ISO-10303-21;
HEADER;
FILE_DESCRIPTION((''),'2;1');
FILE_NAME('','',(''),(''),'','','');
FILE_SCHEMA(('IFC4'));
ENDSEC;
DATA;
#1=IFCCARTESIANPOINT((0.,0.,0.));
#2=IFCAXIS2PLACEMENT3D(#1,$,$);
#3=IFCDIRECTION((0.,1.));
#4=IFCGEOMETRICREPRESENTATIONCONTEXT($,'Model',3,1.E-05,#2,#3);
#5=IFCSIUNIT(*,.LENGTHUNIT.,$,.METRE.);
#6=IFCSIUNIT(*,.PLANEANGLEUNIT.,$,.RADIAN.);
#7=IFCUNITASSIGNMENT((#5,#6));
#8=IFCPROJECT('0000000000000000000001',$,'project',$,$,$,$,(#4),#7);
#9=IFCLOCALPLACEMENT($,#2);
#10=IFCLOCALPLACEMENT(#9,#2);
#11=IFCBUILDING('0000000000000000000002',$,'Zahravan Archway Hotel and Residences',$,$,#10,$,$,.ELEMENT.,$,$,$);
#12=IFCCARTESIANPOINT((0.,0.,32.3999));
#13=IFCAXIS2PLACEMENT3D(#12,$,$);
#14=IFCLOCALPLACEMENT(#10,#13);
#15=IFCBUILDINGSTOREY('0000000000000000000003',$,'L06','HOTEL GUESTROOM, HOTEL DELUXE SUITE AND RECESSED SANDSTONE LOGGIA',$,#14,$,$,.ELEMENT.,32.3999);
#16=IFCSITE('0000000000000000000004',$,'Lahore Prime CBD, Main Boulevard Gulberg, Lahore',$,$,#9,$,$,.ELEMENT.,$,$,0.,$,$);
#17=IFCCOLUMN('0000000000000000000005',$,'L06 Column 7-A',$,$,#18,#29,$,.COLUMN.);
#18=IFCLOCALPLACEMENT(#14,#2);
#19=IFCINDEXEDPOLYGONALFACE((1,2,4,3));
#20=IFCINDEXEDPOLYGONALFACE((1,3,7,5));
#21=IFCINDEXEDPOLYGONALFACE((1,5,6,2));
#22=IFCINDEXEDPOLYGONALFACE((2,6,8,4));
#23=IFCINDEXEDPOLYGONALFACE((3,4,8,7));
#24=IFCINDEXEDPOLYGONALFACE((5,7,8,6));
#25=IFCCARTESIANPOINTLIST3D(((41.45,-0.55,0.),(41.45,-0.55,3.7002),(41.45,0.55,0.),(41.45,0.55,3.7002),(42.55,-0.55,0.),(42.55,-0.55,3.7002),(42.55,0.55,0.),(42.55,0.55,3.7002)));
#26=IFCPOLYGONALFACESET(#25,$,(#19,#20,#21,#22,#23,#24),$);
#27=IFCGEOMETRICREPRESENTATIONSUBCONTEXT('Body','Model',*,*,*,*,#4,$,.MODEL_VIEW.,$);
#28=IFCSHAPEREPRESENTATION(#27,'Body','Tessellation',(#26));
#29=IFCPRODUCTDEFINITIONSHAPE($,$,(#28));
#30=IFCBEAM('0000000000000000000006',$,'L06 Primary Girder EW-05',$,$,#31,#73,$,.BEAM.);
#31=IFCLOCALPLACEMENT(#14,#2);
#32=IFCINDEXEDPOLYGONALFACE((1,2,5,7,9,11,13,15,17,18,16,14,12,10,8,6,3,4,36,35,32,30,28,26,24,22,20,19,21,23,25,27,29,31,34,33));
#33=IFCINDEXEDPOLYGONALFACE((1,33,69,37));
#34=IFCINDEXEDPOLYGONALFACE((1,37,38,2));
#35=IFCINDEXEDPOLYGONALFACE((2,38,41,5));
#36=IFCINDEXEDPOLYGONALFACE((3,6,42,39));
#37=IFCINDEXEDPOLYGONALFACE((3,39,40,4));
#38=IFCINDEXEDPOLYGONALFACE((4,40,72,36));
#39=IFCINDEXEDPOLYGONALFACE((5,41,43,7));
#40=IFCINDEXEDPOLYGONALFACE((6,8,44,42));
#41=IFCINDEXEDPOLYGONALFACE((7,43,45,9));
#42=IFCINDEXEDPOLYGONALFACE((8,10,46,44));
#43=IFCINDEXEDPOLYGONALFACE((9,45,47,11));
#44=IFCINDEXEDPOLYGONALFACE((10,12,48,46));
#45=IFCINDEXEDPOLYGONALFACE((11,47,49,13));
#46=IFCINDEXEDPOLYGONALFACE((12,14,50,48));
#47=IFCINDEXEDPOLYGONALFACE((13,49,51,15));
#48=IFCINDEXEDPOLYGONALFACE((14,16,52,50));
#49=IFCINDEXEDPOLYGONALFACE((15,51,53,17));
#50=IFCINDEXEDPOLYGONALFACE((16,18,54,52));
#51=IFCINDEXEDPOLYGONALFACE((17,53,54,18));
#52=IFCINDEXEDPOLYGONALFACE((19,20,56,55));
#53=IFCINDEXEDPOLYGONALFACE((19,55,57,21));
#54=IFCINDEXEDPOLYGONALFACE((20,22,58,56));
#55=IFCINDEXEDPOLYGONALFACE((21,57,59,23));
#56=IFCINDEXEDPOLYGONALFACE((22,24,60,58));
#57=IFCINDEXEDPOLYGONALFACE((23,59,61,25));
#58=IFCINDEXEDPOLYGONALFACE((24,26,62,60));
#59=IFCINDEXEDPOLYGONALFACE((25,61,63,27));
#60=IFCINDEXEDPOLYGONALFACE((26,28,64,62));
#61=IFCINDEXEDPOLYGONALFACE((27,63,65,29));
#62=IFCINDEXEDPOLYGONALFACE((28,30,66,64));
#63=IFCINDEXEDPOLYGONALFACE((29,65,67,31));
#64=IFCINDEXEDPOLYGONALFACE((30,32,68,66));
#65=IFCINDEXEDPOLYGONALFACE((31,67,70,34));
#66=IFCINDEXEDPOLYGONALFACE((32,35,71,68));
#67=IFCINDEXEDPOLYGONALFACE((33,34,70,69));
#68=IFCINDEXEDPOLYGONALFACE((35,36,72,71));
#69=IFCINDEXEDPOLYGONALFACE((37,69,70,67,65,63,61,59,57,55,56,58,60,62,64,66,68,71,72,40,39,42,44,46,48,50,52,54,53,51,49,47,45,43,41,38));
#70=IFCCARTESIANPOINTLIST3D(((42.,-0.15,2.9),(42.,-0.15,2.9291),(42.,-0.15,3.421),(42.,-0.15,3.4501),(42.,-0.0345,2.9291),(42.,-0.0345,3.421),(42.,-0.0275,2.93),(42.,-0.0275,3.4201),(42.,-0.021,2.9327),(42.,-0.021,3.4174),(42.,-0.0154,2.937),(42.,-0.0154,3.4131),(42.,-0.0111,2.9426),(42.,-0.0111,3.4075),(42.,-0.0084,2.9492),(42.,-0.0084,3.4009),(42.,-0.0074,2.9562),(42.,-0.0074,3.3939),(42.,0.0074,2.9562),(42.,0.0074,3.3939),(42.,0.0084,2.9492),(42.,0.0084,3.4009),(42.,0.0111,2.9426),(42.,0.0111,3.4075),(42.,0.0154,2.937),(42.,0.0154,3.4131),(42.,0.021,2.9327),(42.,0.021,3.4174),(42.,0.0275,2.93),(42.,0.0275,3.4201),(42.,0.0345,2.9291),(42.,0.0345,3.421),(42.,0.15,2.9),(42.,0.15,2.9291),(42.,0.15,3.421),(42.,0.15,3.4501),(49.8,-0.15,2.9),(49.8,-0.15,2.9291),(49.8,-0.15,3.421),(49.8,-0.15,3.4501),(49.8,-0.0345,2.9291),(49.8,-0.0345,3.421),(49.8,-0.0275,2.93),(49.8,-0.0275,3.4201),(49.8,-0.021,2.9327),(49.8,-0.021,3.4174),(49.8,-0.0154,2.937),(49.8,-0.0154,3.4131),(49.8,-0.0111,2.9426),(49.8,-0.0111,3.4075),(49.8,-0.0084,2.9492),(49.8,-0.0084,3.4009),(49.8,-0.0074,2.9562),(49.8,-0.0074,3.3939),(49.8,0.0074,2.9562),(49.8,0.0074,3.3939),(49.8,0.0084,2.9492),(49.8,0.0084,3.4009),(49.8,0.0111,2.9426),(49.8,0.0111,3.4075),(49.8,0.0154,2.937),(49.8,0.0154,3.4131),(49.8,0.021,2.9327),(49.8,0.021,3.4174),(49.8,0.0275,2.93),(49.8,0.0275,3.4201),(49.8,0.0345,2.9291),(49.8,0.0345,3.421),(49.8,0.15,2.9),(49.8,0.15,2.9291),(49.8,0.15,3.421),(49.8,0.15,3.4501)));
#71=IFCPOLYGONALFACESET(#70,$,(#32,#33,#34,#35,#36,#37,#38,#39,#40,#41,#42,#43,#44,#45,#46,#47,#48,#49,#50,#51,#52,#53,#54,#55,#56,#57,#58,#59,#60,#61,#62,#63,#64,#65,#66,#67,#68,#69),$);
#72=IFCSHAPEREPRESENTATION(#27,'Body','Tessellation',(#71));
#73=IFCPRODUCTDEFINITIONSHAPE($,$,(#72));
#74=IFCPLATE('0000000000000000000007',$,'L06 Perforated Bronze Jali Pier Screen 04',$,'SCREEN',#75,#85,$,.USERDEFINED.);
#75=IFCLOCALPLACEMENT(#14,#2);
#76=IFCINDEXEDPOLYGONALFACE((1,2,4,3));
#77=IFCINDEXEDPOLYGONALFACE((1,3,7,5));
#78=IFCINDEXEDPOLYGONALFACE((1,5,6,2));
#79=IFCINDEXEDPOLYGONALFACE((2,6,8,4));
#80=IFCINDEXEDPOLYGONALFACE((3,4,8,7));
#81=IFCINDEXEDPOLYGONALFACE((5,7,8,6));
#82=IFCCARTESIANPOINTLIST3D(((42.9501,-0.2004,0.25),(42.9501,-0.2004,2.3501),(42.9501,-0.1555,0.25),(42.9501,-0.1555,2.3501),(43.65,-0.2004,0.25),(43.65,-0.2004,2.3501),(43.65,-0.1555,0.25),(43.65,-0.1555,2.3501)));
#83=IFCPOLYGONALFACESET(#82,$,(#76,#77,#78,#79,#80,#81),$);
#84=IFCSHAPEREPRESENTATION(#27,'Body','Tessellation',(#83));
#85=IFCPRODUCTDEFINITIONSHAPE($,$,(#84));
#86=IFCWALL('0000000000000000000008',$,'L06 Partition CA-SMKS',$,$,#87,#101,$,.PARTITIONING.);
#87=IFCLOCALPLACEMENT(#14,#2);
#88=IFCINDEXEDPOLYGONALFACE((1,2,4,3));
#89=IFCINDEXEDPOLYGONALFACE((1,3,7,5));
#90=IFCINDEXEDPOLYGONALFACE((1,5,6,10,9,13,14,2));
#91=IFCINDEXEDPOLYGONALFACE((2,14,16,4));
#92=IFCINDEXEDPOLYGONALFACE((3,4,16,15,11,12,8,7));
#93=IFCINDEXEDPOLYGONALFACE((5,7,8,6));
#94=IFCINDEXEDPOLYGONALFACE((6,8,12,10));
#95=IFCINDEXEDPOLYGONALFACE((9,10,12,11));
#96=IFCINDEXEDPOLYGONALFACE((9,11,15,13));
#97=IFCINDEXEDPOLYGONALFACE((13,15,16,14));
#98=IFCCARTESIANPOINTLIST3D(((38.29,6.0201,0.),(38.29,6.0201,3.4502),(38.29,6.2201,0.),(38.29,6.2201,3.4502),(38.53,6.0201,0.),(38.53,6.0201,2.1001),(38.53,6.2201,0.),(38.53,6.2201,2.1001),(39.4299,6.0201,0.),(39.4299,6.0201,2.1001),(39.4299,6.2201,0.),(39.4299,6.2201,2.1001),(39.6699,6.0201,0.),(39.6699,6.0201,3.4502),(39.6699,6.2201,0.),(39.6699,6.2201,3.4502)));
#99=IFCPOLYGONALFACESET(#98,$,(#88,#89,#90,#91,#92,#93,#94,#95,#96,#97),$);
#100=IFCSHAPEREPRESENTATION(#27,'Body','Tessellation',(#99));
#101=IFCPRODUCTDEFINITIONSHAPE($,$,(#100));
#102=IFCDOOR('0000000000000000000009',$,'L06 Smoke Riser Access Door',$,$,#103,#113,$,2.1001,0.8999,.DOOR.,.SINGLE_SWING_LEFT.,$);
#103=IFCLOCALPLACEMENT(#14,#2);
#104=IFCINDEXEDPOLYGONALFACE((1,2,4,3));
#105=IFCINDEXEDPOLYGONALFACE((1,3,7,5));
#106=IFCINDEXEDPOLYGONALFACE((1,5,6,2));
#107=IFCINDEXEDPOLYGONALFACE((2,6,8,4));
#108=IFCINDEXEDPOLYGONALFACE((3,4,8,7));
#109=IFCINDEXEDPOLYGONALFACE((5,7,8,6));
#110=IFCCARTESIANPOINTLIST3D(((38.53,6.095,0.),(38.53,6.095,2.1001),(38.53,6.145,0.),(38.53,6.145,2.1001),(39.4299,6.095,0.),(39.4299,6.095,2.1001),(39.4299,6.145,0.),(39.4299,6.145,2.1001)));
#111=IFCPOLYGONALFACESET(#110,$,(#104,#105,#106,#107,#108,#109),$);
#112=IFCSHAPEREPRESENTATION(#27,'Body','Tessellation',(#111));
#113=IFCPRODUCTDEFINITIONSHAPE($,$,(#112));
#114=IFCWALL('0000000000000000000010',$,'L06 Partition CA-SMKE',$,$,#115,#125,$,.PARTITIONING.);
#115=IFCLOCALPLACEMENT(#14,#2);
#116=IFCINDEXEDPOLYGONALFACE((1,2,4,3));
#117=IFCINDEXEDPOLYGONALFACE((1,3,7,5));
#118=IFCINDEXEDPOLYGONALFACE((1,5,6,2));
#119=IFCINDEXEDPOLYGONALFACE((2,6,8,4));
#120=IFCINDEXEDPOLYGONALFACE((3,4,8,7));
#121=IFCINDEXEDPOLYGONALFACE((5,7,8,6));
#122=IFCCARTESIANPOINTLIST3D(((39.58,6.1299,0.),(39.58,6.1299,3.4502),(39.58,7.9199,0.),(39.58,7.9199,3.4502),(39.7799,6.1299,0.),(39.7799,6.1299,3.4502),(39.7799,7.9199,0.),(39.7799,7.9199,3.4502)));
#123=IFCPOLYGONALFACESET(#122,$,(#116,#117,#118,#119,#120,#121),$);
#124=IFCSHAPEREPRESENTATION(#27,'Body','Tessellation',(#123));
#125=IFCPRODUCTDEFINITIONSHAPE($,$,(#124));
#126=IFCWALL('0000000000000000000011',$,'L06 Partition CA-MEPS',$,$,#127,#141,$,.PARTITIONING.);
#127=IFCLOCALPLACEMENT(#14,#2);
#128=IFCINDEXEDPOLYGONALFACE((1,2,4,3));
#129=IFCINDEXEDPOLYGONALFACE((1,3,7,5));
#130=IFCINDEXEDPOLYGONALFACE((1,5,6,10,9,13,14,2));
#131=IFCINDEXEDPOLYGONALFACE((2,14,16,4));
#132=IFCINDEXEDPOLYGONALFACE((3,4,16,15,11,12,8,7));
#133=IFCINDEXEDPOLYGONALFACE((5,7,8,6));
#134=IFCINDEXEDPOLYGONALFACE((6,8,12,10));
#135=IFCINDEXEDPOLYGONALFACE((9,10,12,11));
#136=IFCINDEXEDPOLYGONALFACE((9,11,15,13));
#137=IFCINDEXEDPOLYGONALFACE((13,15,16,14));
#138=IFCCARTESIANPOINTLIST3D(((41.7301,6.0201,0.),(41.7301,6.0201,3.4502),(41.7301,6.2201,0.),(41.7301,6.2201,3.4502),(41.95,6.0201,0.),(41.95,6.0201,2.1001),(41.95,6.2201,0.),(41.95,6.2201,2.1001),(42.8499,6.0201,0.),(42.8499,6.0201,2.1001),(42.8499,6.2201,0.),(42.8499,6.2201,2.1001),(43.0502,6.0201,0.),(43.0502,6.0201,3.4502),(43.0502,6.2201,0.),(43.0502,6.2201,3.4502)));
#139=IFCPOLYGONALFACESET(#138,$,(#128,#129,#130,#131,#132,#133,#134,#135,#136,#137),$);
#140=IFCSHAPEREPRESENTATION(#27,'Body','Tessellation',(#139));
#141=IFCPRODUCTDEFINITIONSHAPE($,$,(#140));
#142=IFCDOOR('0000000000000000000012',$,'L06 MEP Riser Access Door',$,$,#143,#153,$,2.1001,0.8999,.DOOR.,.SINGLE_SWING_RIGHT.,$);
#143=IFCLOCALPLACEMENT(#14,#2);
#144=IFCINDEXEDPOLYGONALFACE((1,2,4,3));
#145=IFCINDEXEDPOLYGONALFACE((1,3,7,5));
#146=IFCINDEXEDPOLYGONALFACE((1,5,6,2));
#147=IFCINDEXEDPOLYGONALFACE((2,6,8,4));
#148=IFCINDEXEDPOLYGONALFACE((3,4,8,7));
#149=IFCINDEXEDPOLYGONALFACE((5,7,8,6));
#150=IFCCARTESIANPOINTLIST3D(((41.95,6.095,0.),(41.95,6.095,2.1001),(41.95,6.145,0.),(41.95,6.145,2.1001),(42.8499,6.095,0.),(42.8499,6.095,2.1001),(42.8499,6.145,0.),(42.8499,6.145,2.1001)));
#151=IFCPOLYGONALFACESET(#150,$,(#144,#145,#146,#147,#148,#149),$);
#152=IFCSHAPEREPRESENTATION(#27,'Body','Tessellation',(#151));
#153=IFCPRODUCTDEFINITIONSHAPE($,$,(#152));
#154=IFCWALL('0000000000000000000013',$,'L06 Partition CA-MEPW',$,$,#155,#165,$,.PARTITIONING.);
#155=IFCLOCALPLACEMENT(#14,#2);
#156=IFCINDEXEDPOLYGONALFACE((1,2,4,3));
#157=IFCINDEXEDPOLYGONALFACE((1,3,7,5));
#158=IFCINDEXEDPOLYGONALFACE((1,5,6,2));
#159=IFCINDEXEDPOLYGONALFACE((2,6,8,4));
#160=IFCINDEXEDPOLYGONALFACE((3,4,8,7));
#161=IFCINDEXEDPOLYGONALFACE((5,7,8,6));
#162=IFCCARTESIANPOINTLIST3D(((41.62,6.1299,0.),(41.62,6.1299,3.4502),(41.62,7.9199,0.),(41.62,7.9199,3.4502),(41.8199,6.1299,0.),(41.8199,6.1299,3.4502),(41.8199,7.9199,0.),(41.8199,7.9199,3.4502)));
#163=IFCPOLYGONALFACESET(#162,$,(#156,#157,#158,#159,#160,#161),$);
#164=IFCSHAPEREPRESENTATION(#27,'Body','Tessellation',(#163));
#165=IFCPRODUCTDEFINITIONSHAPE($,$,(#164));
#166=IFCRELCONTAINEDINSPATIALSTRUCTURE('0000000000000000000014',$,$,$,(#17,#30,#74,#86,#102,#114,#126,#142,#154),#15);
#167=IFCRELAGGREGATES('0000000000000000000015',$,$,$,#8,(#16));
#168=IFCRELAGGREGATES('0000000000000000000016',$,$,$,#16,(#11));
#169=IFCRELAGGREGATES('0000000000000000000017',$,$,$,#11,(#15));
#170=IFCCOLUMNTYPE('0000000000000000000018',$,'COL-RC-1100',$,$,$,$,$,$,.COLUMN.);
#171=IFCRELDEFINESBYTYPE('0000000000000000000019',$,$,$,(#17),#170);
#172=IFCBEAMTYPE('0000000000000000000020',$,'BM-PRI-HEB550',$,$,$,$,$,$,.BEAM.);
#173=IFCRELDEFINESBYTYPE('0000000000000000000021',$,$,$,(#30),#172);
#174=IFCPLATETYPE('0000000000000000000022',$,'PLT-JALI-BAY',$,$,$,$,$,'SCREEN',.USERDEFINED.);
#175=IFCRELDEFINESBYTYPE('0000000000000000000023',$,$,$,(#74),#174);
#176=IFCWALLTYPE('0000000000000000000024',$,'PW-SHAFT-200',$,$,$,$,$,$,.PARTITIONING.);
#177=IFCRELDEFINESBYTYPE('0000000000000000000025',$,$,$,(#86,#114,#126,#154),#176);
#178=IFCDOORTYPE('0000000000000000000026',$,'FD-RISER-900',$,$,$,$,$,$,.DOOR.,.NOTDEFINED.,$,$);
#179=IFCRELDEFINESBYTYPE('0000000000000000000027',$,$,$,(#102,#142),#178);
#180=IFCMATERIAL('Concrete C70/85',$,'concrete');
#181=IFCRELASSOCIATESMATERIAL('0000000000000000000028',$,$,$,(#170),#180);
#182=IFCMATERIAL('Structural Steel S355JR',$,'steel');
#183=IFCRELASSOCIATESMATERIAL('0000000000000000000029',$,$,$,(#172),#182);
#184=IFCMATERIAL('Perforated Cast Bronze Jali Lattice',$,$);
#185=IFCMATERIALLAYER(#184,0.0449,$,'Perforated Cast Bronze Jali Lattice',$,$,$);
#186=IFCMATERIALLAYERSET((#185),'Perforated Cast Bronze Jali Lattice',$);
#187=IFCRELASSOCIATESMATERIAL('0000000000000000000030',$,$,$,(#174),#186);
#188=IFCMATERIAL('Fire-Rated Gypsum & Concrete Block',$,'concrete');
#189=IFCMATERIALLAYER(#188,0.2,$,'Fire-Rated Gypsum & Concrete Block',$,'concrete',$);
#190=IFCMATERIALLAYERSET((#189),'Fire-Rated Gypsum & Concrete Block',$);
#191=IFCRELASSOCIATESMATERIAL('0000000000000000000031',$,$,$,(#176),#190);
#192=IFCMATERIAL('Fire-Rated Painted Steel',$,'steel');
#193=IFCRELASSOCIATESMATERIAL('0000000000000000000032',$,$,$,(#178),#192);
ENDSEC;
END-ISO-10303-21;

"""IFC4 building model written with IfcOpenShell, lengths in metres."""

from ifc_helpers import new_model, si_unit, direction, frame, frame_2d, origin, origin_2d, place, context, subcontext, project, spatial, rectangle, i_section, extrude, source, transform, mapped, material, layer, layer_set, material_profile, profile_set, type_object, type_shapes, element, fill, save


model = new_model("IFC4")

# Units and contexts
model_context = context("Model", 3, precision=1e-05, world=origin(), true_north=direction((0.0, 1.0)))
body_context = subcontext(model_context, "Body", "Model", "MODEL_VIEW")
ifc_project = project(units=[si_unit("LENGTHUNIT", "METRE"), si_unit("PLANEANGLEUNIT", "RADIAN")], contexts=[model_context])

# Site, building, storey
site_placement = place(None, origin())
site = spatial("IfcSite", under=ifc_project, at=site_placement, Name="Lahore Prime CBD, Main Boulevard Gulberg, Lahore", CompositionType="ELEMENT", RefElevation=0.0)
building_placement = place(site_placement, origin())
building = spatial("IfcBuilding", under=site, at=building_placement, Name="Zahravan Archway Hotel and Residences", CompositionType="ELEMENT")
storey_placement = place(building_placement, frame((0.0, 0.0, 32.3999)))
storey = spatial("IfcBuildingStorey", under=building, at=storey_placement, Name="L06", Description="HOTEL GUESTROOM, HOTEL DELUXE SUITE AND RECESSED SANDSTONE LOGGIA", CompositionType="ELEMENT", Elevation=32.3999)

# Column
ifc_material_1 = material(Name="Concrete C70/85", Category="concrete")
ifc_material_profile_1 = material_profile(ifc_material_1, rectangle(XDim=1.1001, YDim=1.1001, at=origin_2d()), Name="RC 1100x1100", Category="concrete")
ifc_profile_set_1 = profile_set([ifc_material_profile_1], Name="Concrete C70/85")
column_type = type_object("IfcColumnType", Name="COL-RC-1100", PredefinedType="COLUMN", material=ifc_profile_set_1)
shared_shape_1 = source(origin(), body_context, "Body", "SweptSolid", [
    extrude(rectangle(XDim=1.1001, YDim=1.1001, at=origin_2d()), origin(), (0.0, 0.0, 1.0), 3.7002),
])
column_placement = place(storey_placement, frame((42.0, 0.0, 0.0), z_axis=(0.0, 0.0, 1.0), x_axis=(1.0, 0.0, 0.0)))
element("IfcColumn", 1, at=column_placement, inside=storey, type_object=column_type, Name="L06 Column 7-A", PredefinedType="COLUMN", context=body_context, shape_type="MappedRepresentation", body=[
    mapped(shared_shape_1, transform((0.0, 0.0, 0.0), scale=1.0)),
])

# Beam
ifc_material_2 = material(Name="Structural Steel S355JR", Category="steel")
ifc_material_profile_2 = material_profile(ifc_material_2, i_section(OverallWidth=0.3, OverallDepth=0.55, WebThickness=0.0149, FlangeThickness=0.0291, FilletRadius=0.0271, at=origin_2d()), Name="HEB 550", Category="steel")
ifc_profile_set_2 = profile_set([ifc_material_profile_2], Name="Structural Steel S355JR")
beam_type = type_object("IfcBeamType", Name="BM-PRI-HEB550", PredefinedType="BEAM", material=ifc_profile_set_2)
shared_shape_2 = source(origin(), body_context, "Body", "SweptSolid", [
    extrude(i_section(OverallWidth=0.3, OverallDepth=0.55, WebThickness=0.0149, FlangeThickness=0.0291, FilletRadius=0.0271, at=origin_2d()), origin(), (0.0, 0.0, 1.0), 7.8),
])
beam_placement = place(storey_placement, frame((42.0, 0.0, 3.175), z_axis=(1.0, 0.0, 0.0), x_axis=(0.0, 1.0, 0.0)))
element("IfcBeam", 2, at=beam_placement, inside=storey, type_object=beam_type, Name="L06 Primary Girder EW-05", PredefinedType="BEAM", context=body_context, shape_type="MappedRepresentation", body=[
    mapped(shared_shape_2, transform((0.0, 0.0, 0.0), scale=1.0)),
])

# Plate
ifc_material_3 = material(Name="Perforated Cast Bronze Jali Lattice")
ifc_layer_1 = layer(ifc_material_3, 0.0449, Name="Perforated Cast Bronze Jali Lattice")
ifc_layer_set_1 = layer_set([ifc_layer_1], Name="Perforated Cast Bronze Jali Lattice")
plate_type = type_object("IfcPlateType", Name="PLT-JALI-BAY", ElementType="SCREEN", PredefinedType="USERDEFINED", material=ifc_layer_set_1)
shared_shape_3 = source(origin(), body_context, "Body", "SweptSolid", [
    extrude(rectangle(XDim=0.7, YDim=0.0449, at=origin_2d()), origin(), (0.0, 0.0, 1.0), 2.1001),
])
type_shapes(plate_type, [shared_shape_3])
plate_placement = place(storey_placement, frame((43.3, -0.178, 0.25), z_axis=(0.0, 0.0, 1.0), x_axis=(1.0, 0.0, 0.0)))
element("IfcPlate", 3, at=plate_placement, inside=storey, type_object=plate_type, Name="L06 Perforated Bronze Jali Pier Screen 04", ObjectType="SCREEN", PredefinedType="USERDEFINED", context=body_context, shape_type="MappedRepresentation", body=[
    mapped(shared_shape_3, transform((0.0, 0.0, 0.0), scale=1.0)),
])

# Wall, opening, door
ifc_material_4 = material(Name="Fire-Rated Gypsum & Concrete Block", Category="concrete")
ifc_layer_2 = layer(ifc_material_4, 0.2, Name="Fire-Rated Gypsum & Concrete Block", Category="concrete")
ifc_layer_set_2 = layer_set([ifc_layer_2], Name="Fire-Rated Gypsum & Concrete Block")
wall_type_1 = type_object("IfcWallType", Name="PW-SHAFT-200", PredefinedType="PARTITIONING", material=ifc_layer_set_2)
wall_1_placement = place(storey_placement, frame((38.29, 6.1201, 0.0), z_axis=(0.0, 0.0, 1.0), x_axis=(1.0, 0.0, 0.0)))
wall_1 = element("IfcWall", 4, at=wall_1_placement, inside=storey, type_object=wall_type_1, Name="L06 Partition CA-SMKS", PredefinedType="PARTITIONING", context=body_context, shape_type="SweptSolid", body=[
    extrude(rectangle(XDim=1.3799, YDim=0.2, at=frame_2d((0.6899, 0.0))), origin(), (0.0, 0.0, 1.0), 3.4502),
])
opening_1_placement = place(wall_1_placement, frame((0.24, 0.0, 0.0)))
opening_1 = element("IfcOpeningElement", 5, at=opening_1_placement, cuts=wall_1, PredefinedType="OPENING", context=body_context, shape_type="SweptSolid", body=[
    extrude(rectangle(XDim=0.8999, YDim=2.1001, at=frame_2d((0.45, 1.05))), frame((0.0, 0.1099, 0.0), z_axis=(0.0, -1.0, 0.0), x_axis=(1.0, 0.0, 0.0)), (0.0, 0.0, 1.0), 0.22),
])
ifc_material_5 = material(Name="Fire-Rated Painted Steel", Category="steel")
door_type = type_object("IfcDoorType", Name="FD-RISER-900", OperationType="NOTDEFINED", PredefinedType="DOOR", material=ifc_material_5)
shared_shape_4 = source(origin(), body_context, "Body", "SweptSolid", [
    extrude(rectangle(XDim=0.8999, YDim=2.1001, at=frame_2d((0.45, 1.05))), frame((0.0, 0.0249, 0.0), z_axis=(0.0, -1.0, 0.0), x_axis=(1.0, 0.0, 0.0)), (0.0, 0.0, 1.0), 0.05),
])
type_shapes(door_type, [shared_shape_4])
door_1_placement = place(opening_1_placement, origin())
door_1 = element("IfcDoor", 6, at=door_1_placement, inside=storey, type_object=door_type, Name="L06 Smoke Riser Access Door", OperationType="SINGLE_SWING_LEFT", OverallHeight=2.1001, OverallWidth=0.8999, PredefinedType="DOOR", context=body_context, shape_type="MappedRepresentation", body=[
    mapped(shared_shape_4, transform((0.0, 0.0, 0.0), scale=1.0)),
])
fill(opening_1, door_1)

# Wall
wall_2_placement = place(storey_placement, frame((39.6799, 6.1299, 0.0), z_axis=(0.0, 0.0, 1.0), x_axis=(0.0, 1.0, 0.0)))
element("IfcWall", 7, at=wall_2_placement, inside=storey, type_object=wall_type_1, Name="L06 Partition CA-SMKE", PredefinedType="PARTITIONING", context=body_context, shape_type="SweptSolid", body=[
    extrude(rectangle(XDim=1.79, YDim=0.2, at=frame_2d((0.895, 0.0))), origin(), (0.0, 0.0, 1.0), 3.4502),
])

# Wall, opening, door
wall_3_placement = place(storey_placement, frame((41.73, 6.1201, 0.0), z_axis=(0.0, 0.0, 1.0), x_axis=(1.0, 0.0, 0.0)))
wall_3 = element("IfcWall", 8, at=wall_3_placement, inside=storey, type_object=wall_type_1, Name="L06 Partition CA-MEPS", PredefinedType="PARTITIONING", context=body_context, shape_type="SweptSolid", body=[
    extrude(rectangle(XDim=1.3201, YDim=0.2, at=frame_2d((0.6602, 0.0))), origin(), (0.0, 0.0, 1.0), 3.4502),
])
opening_2_placement = place(wall_3_placement, frame((0.22, 0.0, 0.0)))
opening_2 = element("IfcOpeningElement", 9, at=opening_2_placement, cuts=wall_3, PredefinedType="OPENING", context=body_context, shape_type="SweptSolid", body=[
    extrude(rectangle(XDim=0.8999, YDim=2.1001, at=frame_2d((0.45, 1.05))), frame((0.0, 0.1099, 0.0), z_axis=(0.0, -1.0, 0.0), x_axis=(1.0, 0.0, 0.0)), (0.0, 0.0, 1.0), 0.22),
])
door_2_placement = place(opening_2_placement, origin())
door_2 = element("IfcDoor", 10, at=door_2_placement, inside=storey, type_object=door_type, Name="L06 MEP Riser Access Door", OperationType="SINGLE_SWING_RIGHT", OverallHeight=2.1001, OverallWidth=0.8999, PredefinedType="DOOR", context=body_context, shape_type="MappedRepresentation", body=[
    mapped(shared_shape_4, transform((0.0, 0.0, 0.0), scale=1.0)),
])
fill(opening_2, door_2)

# Wall
wall_4_placement = place(storey_placement, frame((41.72, 6.1299, 0.0), z_axis=(0.0, 0.0, 1.0), x_axis=(0.0, 1.0, 0.0)))
element("IfcWall", 11, at=wall_4_placement, inside=storey, type_object=wall_type_1, Name="L06 Partition CA-MEPW", PredefinedType="PARTITIONING", context=body_context, shape_type="SweptSolid", body=[
    extrude(rectangle(XDim=1.79, YDim=0.2, at=frame_2d((0.895, 0.0))), origin(), (0.0, 0.0, 1.0), 3.4502),
])

save(model, "model.ifc")
